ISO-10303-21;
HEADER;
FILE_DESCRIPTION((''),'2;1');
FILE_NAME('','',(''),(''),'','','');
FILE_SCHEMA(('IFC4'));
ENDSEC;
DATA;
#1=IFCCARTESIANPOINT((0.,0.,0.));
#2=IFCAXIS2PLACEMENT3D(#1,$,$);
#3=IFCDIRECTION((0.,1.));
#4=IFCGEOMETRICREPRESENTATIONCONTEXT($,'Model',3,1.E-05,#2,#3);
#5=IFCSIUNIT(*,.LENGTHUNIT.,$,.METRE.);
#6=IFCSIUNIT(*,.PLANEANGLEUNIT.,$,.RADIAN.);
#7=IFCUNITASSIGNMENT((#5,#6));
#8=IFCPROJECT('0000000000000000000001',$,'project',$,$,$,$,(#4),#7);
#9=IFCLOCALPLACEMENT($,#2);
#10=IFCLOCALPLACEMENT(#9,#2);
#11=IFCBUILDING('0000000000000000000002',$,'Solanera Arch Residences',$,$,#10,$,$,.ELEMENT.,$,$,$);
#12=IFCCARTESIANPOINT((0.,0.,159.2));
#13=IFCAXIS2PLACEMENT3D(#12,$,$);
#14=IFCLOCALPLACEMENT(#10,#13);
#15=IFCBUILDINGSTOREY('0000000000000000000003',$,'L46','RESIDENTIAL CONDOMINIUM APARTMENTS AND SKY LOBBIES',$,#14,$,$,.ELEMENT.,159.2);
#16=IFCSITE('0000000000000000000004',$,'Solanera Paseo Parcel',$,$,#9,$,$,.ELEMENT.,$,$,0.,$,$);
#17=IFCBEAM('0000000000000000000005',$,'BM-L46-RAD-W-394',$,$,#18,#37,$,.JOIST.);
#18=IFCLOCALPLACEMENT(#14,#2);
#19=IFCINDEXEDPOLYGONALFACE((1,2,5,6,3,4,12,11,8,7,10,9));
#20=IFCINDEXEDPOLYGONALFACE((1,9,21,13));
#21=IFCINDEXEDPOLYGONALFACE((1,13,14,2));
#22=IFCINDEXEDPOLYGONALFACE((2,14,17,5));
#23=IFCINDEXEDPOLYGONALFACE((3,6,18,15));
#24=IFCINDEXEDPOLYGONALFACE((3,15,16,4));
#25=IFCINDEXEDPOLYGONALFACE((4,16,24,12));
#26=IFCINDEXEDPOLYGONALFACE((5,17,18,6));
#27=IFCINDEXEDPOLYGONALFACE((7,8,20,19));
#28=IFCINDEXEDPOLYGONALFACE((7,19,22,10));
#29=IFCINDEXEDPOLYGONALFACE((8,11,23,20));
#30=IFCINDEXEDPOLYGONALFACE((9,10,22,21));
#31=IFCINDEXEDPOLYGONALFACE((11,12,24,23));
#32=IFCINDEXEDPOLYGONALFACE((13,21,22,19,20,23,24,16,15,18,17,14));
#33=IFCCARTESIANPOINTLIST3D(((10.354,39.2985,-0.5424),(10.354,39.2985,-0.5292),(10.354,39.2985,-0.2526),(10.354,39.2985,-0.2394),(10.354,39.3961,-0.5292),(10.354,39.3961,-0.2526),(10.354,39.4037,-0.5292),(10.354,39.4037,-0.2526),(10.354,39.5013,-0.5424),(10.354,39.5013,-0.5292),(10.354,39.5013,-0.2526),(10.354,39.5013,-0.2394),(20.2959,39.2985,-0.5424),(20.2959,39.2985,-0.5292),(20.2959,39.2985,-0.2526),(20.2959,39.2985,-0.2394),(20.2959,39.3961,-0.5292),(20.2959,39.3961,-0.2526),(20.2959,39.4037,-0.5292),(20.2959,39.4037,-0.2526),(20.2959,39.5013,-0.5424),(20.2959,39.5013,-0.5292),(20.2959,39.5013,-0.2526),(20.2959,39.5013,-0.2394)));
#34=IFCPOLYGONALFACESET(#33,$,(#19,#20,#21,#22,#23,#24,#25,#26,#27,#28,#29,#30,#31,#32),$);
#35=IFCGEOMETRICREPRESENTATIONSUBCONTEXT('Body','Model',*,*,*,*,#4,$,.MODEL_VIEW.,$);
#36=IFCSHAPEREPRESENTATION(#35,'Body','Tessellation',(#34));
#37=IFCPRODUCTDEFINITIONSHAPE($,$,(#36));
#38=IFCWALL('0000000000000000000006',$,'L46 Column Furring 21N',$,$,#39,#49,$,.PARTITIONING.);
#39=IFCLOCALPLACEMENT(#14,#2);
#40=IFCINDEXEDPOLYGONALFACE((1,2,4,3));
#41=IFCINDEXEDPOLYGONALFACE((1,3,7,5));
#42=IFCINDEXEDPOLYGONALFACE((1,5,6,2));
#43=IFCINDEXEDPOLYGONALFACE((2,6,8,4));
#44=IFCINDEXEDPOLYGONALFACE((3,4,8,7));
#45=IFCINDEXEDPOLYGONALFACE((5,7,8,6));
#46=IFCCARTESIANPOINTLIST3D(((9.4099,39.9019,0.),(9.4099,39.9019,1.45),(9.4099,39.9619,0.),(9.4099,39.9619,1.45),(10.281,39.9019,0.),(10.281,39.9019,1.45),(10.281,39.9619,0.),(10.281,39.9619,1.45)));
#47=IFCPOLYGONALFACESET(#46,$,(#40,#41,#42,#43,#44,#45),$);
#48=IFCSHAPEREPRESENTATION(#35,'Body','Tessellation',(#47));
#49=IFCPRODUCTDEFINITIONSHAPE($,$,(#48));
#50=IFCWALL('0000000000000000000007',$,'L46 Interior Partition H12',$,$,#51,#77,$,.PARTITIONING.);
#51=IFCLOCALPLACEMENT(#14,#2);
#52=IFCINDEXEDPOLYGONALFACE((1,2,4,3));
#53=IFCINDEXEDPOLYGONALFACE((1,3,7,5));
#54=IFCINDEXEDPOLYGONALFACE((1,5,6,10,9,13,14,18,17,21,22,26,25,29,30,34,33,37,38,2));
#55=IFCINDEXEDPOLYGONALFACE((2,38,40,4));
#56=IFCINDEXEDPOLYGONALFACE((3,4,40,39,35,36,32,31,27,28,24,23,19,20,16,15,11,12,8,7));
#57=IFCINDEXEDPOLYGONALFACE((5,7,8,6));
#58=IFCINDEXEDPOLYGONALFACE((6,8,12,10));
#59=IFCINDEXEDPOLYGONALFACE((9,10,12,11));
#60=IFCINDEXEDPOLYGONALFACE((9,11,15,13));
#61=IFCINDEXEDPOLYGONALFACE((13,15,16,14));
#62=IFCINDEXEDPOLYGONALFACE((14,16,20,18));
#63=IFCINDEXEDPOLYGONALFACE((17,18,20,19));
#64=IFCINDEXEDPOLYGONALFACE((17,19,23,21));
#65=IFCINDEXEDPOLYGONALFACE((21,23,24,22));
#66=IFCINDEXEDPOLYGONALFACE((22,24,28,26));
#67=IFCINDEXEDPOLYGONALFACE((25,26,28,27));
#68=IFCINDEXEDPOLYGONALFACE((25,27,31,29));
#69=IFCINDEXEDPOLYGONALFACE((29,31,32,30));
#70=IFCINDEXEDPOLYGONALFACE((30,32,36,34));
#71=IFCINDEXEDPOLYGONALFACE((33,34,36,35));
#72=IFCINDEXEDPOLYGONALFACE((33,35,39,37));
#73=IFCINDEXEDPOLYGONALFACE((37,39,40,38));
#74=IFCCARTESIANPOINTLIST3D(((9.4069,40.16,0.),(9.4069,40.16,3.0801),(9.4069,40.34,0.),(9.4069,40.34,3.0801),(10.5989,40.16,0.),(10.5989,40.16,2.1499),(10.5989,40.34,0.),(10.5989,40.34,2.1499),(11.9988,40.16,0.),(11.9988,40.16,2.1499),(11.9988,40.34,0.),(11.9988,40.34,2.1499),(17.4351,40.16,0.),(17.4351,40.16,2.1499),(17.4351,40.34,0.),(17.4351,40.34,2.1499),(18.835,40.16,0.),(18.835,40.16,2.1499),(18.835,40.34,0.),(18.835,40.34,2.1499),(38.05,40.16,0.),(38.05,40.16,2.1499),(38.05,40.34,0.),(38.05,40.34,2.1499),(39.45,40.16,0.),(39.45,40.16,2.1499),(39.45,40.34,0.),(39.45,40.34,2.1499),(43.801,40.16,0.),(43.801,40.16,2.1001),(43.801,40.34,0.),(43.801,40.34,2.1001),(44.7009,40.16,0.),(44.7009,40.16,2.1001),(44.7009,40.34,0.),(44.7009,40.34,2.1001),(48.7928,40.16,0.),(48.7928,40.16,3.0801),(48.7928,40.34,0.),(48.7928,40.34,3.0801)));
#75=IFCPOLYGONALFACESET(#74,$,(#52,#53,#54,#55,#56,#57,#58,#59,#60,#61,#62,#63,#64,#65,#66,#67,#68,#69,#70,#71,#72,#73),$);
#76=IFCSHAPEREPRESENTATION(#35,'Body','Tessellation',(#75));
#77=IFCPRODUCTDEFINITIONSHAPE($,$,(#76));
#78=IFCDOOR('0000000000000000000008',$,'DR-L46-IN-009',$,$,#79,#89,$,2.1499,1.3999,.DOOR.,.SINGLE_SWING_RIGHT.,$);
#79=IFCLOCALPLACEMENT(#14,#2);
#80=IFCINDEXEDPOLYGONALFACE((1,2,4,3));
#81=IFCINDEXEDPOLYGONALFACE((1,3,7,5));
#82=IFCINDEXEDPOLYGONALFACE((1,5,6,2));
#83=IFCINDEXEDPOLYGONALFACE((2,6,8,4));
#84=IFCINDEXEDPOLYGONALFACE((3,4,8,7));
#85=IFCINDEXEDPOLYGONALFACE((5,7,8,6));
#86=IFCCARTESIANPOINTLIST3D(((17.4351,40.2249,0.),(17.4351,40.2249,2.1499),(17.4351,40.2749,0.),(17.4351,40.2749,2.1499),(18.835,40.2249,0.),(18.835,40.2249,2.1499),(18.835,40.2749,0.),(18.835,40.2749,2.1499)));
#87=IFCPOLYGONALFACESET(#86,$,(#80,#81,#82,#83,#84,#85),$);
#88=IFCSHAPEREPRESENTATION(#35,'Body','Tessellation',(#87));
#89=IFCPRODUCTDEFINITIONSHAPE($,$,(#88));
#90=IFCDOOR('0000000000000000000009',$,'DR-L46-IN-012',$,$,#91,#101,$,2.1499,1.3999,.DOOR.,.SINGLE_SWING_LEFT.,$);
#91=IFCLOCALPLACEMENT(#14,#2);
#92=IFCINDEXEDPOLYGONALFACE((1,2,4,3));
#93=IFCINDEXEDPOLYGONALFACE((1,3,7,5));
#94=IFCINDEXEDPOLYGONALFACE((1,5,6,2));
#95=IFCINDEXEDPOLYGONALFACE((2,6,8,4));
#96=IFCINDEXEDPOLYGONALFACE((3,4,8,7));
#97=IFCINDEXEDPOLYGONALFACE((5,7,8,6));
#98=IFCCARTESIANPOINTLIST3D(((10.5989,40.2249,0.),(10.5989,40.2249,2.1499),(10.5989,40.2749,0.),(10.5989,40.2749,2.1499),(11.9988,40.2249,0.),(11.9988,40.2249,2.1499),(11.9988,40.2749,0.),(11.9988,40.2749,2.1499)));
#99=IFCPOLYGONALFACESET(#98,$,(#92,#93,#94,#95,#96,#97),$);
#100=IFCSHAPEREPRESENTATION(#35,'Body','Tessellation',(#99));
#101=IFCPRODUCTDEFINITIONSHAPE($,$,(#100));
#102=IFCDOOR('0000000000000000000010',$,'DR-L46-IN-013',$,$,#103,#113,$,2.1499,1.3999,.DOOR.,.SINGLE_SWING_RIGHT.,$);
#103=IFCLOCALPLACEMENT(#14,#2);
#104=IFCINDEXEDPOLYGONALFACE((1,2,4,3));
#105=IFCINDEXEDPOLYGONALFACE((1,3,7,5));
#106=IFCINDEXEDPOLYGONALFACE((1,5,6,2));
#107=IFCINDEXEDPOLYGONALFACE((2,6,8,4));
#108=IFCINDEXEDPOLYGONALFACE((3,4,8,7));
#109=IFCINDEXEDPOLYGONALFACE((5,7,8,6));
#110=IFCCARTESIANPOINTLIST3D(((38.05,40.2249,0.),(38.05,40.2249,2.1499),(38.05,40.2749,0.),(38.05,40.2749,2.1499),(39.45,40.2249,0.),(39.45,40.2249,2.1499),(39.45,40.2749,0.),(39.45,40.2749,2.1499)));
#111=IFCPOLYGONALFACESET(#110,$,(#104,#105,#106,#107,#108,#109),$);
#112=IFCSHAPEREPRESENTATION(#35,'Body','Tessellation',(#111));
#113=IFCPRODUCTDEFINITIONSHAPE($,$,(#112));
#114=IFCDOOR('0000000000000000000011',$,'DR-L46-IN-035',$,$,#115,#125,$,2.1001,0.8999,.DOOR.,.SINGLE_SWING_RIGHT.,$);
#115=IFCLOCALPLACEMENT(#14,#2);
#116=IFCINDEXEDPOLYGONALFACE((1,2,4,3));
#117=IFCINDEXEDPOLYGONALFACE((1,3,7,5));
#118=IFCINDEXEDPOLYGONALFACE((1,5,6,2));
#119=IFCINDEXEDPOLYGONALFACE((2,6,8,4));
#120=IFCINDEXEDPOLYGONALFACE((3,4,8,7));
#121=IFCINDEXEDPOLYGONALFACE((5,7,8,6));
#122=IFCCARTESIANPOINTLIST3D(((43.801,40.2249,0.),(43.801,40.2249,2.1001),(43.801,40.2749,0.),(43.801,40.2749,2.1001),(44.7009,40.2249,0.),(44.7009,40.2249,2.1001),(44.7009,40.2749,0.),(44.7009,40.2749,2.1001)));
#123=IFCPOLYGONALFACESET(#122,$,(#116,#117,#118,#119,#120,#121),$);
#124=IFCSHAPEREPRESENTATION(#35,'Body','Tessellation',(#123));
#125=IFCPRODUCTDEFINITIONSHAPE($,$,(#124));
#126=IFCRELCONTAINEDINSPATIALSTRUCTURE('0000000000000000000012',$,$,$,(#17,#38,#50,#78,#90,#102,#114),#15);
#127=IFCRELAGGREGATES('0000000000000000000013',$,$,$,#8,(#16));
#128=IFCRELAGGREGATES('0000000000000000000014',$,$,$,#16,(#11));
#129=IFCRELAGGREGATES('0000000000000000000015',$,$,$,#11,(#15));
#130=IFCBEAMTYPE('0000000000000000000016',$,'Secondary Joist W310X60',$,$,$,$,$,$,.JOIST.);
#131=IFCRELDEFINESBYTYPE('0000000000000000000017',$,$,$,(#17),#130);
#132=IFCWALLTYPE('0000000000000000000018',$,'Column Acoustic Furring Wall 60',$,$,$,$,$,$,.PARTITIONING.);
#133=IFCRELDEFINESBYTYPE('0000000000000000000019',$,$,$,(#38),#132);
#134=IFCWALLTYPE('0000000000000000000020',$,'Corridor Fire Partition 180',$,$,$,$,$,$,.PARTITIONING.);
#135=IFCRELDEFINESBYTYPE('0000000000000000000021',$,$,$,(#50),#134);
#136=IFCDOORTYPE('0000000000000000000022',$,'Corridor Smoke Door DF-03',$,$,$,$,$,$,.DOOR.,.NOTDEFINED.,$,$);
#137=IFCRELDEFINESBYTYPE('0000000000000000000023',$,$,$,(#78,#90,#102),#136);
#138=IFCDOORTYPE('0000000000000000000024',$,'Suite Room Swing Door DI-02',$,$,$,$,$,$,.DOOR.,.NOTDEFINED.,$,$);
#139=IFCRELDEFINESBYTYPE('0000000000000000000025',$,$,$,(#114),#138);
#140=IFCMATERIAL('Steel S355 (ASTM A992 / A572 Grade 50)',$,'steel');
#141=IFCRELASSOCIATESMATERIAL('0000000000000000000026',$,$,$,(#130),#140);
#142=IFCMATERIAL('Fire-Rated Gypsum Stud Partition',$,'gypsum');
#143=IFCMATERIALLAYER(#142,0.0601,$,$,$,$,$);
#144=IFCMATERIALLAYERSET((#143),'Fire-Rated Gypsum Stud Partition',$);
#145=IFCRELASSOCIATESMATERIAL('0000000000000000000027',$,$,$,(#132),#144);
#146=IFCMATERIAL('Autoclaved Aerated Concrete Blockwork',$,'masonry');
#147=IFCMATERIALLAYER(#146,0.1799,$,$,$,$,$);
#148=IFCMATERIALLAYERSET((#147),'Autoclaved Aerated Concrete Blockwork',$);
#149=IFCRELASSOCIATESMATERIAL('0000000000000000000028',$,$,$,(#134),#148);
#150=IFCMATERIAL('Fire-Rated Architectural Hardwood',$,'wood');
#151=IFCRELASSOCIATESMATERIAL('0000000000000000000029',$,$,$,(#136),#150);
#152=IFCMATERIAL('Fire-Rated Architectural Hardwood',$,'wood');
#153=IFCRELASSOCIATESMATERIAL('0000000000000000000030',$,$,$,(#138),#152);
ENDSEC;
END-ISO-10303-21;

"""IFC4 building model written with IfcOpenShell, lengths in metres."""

from ifc_helpers import new_model, si_unit, direction, frame, frame_2d, origin, origin_2d, place, context, subcontext, project, spatial, rectangle, i_section, extrude, material, layer, layer_set, material_profile, profile_set, type_object, element, fill, save


model = new_model("IFC4")

# Units and contexts
model_context = context("Model", 3, precision=1e-05, world=origin(), true_north=direction((0.0, 1.0)))
body_context = subcontext(model_context, "Body", "Model", "MODEL_VIEW")
ifc_project = project(units=[si_unit("LENGTHUNIT", "METRE"), si_unit("PLANEANGLEUNIT", "RADIAN")], contexts=[model_context])

# Site, building, storey
site_placement = place(None, origin())
site = spatial("IfcSite", under=ifc_project, at=site_placement, Name="Solanera Paseo Parcel", CompositionType="ELEMENT", RefElevation=0.0)
building_placement = place(site_placement, origin())
building = spatial("IfcBuilding", under=site, at=building_placement, Name="Solanera Arch Residences", CompositionType="ELEMENT")
storey_placement = place(building_placement, frame((0.0, 0.0, 159.2)))
storey = spatial("IfcBuildingStorey", under=building, at=storey_placement, Name="L46", Description="RESIDENTIAL CONDOMINIUM APARTMENTS AND SKY LOBBIES", CompositionType="ELEMENT", Elevation=159.2)

# Beam
ifc_material_1 = material(Name="Steel S355 (ASTM A992 / A572 Grade 50)", Category="steel")
ifc_material_profile = material_profile(ifc_material_1, i_section(OverallWidth=0.2029, OverallDepth=0.303, WebThickness=0.0076, FlangeThickness=0.0132, at=origin_2d()))
ifc_profile_set = profile_set([ifc_material_profile], Name="Steel S355 (ASTM A992 / A572 Grade 50)")
beam_type = type_object("IfcBeamType", Name="Secondary Joist W310X60", PredefinedType="JOIST", material=ifc_profile_set)
beam_placement = place(storey_placement, frame((10.354, 39.3999, -0.3909), z_axis=(1.0, 0.0, 0.0), x_axis=(0.0, 1.0, 0.0)))
element("IfcBeam", 1, at=beam_placement, inside=storey, type_object=beam_type, Name="BM-L46-RAD-W-394", PredefinedType="JOIST", context=body_context, shape_type="SweptSolid", body=[
    extrude(i_section(OverallWidth=0.2029, OverallDepth=0.303, WebThickness=0.0076, FlangeThickness=0.0132, at=origin_2d()), origin(), (0.0, 0.0, 1.0), 9.9419),
])

# Wall
ifc_material_2 = material(Name="Fire-Rated Gypsum Stud Partition", Category="gypsum")
ifc_layer_1 = layer(ifc_material_2, 0.0601)
ifc_layer_set_1 = layer_set([ifc_layer_1], Name="Fire-Rated Gypsum Stud Partition")
wall_type_1 = type_object("IfcWallType", Name="Column Acoustic Furring Wall 60", PredefinedType="PARTITIONING", material=ifc_layer_set_1)
wall_1_placement = place(storey_placement, frame((9.4099, 39.9319, 0.0), z_axis=(0.0, 0.0, 1.0), x_axis=(1.0, 0.0, 0.0)))
element("IfcWall", 2, at=wall_1_placement, inside=storey, type_object=wall_type_1, Name="L46 Column Furring 21N", PredefinedType="PARTITIONING", context=body_context, shape_type="SweptSolid", body=[
    extrude(rectangle(XDim=0.8711, YDim=0.0601, at=frame_2d((0.4355, 0.0))), origin(), (0.0, 0.0, 1.0), 1.45),
])

# Wall, openings, doors
ifc_material_3 = material(Name="Autoclaved Aerated Concrete Blockwork", Category="masonry")
ifc_layer_2 = layer(ifc_material_3, 0.1799)
ifc_layer_set_2 = layer_set([ifc_layer_2], Name="Autoclaved Aerated Concrete Blockwork")
wall_type_2 = type_object("IfcWallType", Name="Corridor Fire Partition 180", PredefinedType="PARTITIONING", material=ifc_layer_set_2)
wall_2_placement = place(storey_placement, frame((9.407, 40.25, 0.0), z_axis=(0.0, 0.0, 1.0), x_axis=(1.0, 0.0, 0.0)))
wall_2 = element("IfcWall", 3, at=wall_2_placement, inside=storey, type_object=wall_type_2, Name="L46 Interior Partition H12", PredefinedType="PARTITIONING", context=body_context, shape_type="SweptSolid", body=[
    extrude(rectangle(XDim=39.386, YDim=0.1799, at=frame_2d((19.6929, 0.0))), origin(), (0.0, 0.0, 1.0), 3.0801),
])
opening_1_placement = place(wall_2_placement, frame((8.0281, 0.0, 0.0)))
opening_1 = element("IfcOpeningElement", 4, at=opening_1_placement, cuts=wall_2, PredefinedType="OPENING", context=body_context, shape_type="SweptSolid", body=[
    extrude(rectangle(XDim=1.3999, YDim=2.1499, at=frame_2d((0.7, 1.075))), frame((0.0, 0.1001, 0.0), z_axis=(0.0, -1.0, 0.0), x_axis=(1.0, 0.0, 0.0)), (0.0, 0.0, 1.0), 0.1999),
])
opening_2_placement = place(wall_2_placement, frame((1.1919, 0.0, 0.0)))
opening_2 = element("IfcOpeningElement", 5, at=opening_2_placement, cuts=wall_2, PredefinedType="OPENING", context=body_context, shape_type="SweptSolid", body=[
    extrude(rectangle(XDim=1.3999, YDim=2.1499, at=frame_2d((0.7, 1.075))), frame((0.0, 0.1001, 0.0), z_axis=(0.0, -1.0, 0.0), x_axis=(1.0, 0.0, 0.0)), (0.0, 0.0, 1.0), 0.1999),
])
opening_3_placement = place(wall_2_placement, frame((28.6431, 0.0, 0.0)))
opening_3 = element("IfcOpeningElement", 6, at=opening_3_placement, cuts=wall_2, PredefinedType="OPENING", context=body_context, shape_type="SweptSolid", body=[
    extrude(rectangle(XDim=1.3999, YDim=2.1499, at=frame_2d((0.7, 1.075))), frame((0.0, 0.1001, 0.0), z_axis=(0.0, -1.0, 0.0), x_axis=(1.0, 0.0, 0.0)), (0.0, 0.0, 1.0), 0.1999),
])
opening_4_placement = place(wall_2_placement, frame((34.394, 0.0, 0.0)))
opening_4 = element("IfcOpeningElement", 7, at=opening_4_placement, cuts=wall_2, PredefinedType="OPENING", context=body_context, shape_type="SweptSolid", body=[
    extrude(rectangle(XDim=0.8999, YDim=2.1001, at=frame_2d((0.45, 1.05))), frame((0.0, 0.1001, 0.0), z_axis=(0.0, -1.0, 0.0), x_axis=(1.0, 0.0, 0.0)), (0.0, 0.0, 1.0), 0.1999),
])
ifc_material_4 = material(Name="Fire-Rated Architectural Hardwood", Category="wood")
door_type_1 = type_object("IfcDoorType", Name="Corridor Smoke Door DF-03", OperationType="NOTDEFINED", PredefinedType="DOOR", material=ifc_material_4)
door_1_placement = place(opening_1_placement, origin())
door_1 = element("IfcDoor", 8, at=door_1_placement, inside=storey, type_object=door_type_1, Name="DR-L46-IN-009", OperationType="SINGLE_SWING_RIGHT", OverallHeight=2.1499, OverallWidth=1.3999, PredefinedType="DOOR", context=body_context, shape_type="SweptSolid", body=[
    extrude(rectangle(XDim=1.3999, YDim=2.1499, at=frame_2d((0.7, 1.075))), frame((0.0, 0.0249, 0.0), z_axis=(0.0, -1.0, 0.0), x_axis=(1.0, 0.0, 0.0)), (0.0, 0.0, 1.0), 0.05),
])
fill(opening_1, door_1)
door_2_placement = place(opening_2_placement, origin())
door_2 = element("IfcDoor", 9, at=door_2_placement, inside=storey, type_object=door_type_1, Name="DR-L46-IN-012", OperationType="SINGLE_SWING_LEFT", OverallHeight=2.1499, OverallWidth=1.3999, PredefinedType="DOOR", context=body_context, shape_type="SweptSolid", body=[
    extrude(rectangle(XDim=1.3999, YDim=2.1499, at=frame_2d((0.7, 1.075))), frame((0.0, 0.0249, 0.0), z_axis=(0.0, -1.0, 0.0), x_axis=(1.0, 0.0, 0.0)), (0.0, 0.0, 1.0), 0.05),
])
fill(opening_2, door_2)
door_3_placement = place(opening_3_placement, origin())
door_3 = element("IfcDoor", 10, at=door_3_placement, inside=storey, type_object=door_type_1, Name="DR-L46-IN-013", OperationType="SINGLE_SWING_RIGHT", OverallHeight=2.1499, OverallWidth=1.3999, PredefinedType="DOOR", context=body_context, shape_type="SweptSolid", body=[
    extrude(rectangle(XDim=1.3999, YDim=2.1499, at=frame_2d((0.7, 1.075))), frame((0.0, 0.0249, 0.0), z_axis=(0.0, -1.0, 0.0), x_axis=(1.0, 0.0, 0.0)), (0.0, 0.0, 1.0), 0.05),
])
fill(opening_3, door_3)
ifc_material_5 = material(Name="Fire-Rated Architectural Hardwood", Category="wood")
door_type_2 = type_object("IfcDoorType", Name="Suite Room Swing Door DI-02", OperationType="NOTDEFINED", PredefinedType="DOOR", material=ifc_material_5)
door_4_placement = place(opening_4_placement, origin())
door_4 = element("IfcDoor", 11, at=door_4_placement, inside=storey, type_object=door_type_2, Name="DR-L46-IN-035", OperationType="SINGLE_SWING_RIGHT", OverallHeight=2.1001, OverallWidth=0.8999, PredefinedType="DOOR", context=body_context, shape_type="SweptSolid", body=[
    extrude(rectangle(XDim=0.8999, YDim=2.1001, at=frame_2d((0.45, 1.05))), frame((0.0, 0.0249, 0.0), z_axis=(0.0, -1.0, 0.0), x_axis=(1.0, 0.0, 0.0)), (0.0, 0.0, 1.0), 0.05),
])
fill(opening_4, door_4)

save(model, "model.ifc")
